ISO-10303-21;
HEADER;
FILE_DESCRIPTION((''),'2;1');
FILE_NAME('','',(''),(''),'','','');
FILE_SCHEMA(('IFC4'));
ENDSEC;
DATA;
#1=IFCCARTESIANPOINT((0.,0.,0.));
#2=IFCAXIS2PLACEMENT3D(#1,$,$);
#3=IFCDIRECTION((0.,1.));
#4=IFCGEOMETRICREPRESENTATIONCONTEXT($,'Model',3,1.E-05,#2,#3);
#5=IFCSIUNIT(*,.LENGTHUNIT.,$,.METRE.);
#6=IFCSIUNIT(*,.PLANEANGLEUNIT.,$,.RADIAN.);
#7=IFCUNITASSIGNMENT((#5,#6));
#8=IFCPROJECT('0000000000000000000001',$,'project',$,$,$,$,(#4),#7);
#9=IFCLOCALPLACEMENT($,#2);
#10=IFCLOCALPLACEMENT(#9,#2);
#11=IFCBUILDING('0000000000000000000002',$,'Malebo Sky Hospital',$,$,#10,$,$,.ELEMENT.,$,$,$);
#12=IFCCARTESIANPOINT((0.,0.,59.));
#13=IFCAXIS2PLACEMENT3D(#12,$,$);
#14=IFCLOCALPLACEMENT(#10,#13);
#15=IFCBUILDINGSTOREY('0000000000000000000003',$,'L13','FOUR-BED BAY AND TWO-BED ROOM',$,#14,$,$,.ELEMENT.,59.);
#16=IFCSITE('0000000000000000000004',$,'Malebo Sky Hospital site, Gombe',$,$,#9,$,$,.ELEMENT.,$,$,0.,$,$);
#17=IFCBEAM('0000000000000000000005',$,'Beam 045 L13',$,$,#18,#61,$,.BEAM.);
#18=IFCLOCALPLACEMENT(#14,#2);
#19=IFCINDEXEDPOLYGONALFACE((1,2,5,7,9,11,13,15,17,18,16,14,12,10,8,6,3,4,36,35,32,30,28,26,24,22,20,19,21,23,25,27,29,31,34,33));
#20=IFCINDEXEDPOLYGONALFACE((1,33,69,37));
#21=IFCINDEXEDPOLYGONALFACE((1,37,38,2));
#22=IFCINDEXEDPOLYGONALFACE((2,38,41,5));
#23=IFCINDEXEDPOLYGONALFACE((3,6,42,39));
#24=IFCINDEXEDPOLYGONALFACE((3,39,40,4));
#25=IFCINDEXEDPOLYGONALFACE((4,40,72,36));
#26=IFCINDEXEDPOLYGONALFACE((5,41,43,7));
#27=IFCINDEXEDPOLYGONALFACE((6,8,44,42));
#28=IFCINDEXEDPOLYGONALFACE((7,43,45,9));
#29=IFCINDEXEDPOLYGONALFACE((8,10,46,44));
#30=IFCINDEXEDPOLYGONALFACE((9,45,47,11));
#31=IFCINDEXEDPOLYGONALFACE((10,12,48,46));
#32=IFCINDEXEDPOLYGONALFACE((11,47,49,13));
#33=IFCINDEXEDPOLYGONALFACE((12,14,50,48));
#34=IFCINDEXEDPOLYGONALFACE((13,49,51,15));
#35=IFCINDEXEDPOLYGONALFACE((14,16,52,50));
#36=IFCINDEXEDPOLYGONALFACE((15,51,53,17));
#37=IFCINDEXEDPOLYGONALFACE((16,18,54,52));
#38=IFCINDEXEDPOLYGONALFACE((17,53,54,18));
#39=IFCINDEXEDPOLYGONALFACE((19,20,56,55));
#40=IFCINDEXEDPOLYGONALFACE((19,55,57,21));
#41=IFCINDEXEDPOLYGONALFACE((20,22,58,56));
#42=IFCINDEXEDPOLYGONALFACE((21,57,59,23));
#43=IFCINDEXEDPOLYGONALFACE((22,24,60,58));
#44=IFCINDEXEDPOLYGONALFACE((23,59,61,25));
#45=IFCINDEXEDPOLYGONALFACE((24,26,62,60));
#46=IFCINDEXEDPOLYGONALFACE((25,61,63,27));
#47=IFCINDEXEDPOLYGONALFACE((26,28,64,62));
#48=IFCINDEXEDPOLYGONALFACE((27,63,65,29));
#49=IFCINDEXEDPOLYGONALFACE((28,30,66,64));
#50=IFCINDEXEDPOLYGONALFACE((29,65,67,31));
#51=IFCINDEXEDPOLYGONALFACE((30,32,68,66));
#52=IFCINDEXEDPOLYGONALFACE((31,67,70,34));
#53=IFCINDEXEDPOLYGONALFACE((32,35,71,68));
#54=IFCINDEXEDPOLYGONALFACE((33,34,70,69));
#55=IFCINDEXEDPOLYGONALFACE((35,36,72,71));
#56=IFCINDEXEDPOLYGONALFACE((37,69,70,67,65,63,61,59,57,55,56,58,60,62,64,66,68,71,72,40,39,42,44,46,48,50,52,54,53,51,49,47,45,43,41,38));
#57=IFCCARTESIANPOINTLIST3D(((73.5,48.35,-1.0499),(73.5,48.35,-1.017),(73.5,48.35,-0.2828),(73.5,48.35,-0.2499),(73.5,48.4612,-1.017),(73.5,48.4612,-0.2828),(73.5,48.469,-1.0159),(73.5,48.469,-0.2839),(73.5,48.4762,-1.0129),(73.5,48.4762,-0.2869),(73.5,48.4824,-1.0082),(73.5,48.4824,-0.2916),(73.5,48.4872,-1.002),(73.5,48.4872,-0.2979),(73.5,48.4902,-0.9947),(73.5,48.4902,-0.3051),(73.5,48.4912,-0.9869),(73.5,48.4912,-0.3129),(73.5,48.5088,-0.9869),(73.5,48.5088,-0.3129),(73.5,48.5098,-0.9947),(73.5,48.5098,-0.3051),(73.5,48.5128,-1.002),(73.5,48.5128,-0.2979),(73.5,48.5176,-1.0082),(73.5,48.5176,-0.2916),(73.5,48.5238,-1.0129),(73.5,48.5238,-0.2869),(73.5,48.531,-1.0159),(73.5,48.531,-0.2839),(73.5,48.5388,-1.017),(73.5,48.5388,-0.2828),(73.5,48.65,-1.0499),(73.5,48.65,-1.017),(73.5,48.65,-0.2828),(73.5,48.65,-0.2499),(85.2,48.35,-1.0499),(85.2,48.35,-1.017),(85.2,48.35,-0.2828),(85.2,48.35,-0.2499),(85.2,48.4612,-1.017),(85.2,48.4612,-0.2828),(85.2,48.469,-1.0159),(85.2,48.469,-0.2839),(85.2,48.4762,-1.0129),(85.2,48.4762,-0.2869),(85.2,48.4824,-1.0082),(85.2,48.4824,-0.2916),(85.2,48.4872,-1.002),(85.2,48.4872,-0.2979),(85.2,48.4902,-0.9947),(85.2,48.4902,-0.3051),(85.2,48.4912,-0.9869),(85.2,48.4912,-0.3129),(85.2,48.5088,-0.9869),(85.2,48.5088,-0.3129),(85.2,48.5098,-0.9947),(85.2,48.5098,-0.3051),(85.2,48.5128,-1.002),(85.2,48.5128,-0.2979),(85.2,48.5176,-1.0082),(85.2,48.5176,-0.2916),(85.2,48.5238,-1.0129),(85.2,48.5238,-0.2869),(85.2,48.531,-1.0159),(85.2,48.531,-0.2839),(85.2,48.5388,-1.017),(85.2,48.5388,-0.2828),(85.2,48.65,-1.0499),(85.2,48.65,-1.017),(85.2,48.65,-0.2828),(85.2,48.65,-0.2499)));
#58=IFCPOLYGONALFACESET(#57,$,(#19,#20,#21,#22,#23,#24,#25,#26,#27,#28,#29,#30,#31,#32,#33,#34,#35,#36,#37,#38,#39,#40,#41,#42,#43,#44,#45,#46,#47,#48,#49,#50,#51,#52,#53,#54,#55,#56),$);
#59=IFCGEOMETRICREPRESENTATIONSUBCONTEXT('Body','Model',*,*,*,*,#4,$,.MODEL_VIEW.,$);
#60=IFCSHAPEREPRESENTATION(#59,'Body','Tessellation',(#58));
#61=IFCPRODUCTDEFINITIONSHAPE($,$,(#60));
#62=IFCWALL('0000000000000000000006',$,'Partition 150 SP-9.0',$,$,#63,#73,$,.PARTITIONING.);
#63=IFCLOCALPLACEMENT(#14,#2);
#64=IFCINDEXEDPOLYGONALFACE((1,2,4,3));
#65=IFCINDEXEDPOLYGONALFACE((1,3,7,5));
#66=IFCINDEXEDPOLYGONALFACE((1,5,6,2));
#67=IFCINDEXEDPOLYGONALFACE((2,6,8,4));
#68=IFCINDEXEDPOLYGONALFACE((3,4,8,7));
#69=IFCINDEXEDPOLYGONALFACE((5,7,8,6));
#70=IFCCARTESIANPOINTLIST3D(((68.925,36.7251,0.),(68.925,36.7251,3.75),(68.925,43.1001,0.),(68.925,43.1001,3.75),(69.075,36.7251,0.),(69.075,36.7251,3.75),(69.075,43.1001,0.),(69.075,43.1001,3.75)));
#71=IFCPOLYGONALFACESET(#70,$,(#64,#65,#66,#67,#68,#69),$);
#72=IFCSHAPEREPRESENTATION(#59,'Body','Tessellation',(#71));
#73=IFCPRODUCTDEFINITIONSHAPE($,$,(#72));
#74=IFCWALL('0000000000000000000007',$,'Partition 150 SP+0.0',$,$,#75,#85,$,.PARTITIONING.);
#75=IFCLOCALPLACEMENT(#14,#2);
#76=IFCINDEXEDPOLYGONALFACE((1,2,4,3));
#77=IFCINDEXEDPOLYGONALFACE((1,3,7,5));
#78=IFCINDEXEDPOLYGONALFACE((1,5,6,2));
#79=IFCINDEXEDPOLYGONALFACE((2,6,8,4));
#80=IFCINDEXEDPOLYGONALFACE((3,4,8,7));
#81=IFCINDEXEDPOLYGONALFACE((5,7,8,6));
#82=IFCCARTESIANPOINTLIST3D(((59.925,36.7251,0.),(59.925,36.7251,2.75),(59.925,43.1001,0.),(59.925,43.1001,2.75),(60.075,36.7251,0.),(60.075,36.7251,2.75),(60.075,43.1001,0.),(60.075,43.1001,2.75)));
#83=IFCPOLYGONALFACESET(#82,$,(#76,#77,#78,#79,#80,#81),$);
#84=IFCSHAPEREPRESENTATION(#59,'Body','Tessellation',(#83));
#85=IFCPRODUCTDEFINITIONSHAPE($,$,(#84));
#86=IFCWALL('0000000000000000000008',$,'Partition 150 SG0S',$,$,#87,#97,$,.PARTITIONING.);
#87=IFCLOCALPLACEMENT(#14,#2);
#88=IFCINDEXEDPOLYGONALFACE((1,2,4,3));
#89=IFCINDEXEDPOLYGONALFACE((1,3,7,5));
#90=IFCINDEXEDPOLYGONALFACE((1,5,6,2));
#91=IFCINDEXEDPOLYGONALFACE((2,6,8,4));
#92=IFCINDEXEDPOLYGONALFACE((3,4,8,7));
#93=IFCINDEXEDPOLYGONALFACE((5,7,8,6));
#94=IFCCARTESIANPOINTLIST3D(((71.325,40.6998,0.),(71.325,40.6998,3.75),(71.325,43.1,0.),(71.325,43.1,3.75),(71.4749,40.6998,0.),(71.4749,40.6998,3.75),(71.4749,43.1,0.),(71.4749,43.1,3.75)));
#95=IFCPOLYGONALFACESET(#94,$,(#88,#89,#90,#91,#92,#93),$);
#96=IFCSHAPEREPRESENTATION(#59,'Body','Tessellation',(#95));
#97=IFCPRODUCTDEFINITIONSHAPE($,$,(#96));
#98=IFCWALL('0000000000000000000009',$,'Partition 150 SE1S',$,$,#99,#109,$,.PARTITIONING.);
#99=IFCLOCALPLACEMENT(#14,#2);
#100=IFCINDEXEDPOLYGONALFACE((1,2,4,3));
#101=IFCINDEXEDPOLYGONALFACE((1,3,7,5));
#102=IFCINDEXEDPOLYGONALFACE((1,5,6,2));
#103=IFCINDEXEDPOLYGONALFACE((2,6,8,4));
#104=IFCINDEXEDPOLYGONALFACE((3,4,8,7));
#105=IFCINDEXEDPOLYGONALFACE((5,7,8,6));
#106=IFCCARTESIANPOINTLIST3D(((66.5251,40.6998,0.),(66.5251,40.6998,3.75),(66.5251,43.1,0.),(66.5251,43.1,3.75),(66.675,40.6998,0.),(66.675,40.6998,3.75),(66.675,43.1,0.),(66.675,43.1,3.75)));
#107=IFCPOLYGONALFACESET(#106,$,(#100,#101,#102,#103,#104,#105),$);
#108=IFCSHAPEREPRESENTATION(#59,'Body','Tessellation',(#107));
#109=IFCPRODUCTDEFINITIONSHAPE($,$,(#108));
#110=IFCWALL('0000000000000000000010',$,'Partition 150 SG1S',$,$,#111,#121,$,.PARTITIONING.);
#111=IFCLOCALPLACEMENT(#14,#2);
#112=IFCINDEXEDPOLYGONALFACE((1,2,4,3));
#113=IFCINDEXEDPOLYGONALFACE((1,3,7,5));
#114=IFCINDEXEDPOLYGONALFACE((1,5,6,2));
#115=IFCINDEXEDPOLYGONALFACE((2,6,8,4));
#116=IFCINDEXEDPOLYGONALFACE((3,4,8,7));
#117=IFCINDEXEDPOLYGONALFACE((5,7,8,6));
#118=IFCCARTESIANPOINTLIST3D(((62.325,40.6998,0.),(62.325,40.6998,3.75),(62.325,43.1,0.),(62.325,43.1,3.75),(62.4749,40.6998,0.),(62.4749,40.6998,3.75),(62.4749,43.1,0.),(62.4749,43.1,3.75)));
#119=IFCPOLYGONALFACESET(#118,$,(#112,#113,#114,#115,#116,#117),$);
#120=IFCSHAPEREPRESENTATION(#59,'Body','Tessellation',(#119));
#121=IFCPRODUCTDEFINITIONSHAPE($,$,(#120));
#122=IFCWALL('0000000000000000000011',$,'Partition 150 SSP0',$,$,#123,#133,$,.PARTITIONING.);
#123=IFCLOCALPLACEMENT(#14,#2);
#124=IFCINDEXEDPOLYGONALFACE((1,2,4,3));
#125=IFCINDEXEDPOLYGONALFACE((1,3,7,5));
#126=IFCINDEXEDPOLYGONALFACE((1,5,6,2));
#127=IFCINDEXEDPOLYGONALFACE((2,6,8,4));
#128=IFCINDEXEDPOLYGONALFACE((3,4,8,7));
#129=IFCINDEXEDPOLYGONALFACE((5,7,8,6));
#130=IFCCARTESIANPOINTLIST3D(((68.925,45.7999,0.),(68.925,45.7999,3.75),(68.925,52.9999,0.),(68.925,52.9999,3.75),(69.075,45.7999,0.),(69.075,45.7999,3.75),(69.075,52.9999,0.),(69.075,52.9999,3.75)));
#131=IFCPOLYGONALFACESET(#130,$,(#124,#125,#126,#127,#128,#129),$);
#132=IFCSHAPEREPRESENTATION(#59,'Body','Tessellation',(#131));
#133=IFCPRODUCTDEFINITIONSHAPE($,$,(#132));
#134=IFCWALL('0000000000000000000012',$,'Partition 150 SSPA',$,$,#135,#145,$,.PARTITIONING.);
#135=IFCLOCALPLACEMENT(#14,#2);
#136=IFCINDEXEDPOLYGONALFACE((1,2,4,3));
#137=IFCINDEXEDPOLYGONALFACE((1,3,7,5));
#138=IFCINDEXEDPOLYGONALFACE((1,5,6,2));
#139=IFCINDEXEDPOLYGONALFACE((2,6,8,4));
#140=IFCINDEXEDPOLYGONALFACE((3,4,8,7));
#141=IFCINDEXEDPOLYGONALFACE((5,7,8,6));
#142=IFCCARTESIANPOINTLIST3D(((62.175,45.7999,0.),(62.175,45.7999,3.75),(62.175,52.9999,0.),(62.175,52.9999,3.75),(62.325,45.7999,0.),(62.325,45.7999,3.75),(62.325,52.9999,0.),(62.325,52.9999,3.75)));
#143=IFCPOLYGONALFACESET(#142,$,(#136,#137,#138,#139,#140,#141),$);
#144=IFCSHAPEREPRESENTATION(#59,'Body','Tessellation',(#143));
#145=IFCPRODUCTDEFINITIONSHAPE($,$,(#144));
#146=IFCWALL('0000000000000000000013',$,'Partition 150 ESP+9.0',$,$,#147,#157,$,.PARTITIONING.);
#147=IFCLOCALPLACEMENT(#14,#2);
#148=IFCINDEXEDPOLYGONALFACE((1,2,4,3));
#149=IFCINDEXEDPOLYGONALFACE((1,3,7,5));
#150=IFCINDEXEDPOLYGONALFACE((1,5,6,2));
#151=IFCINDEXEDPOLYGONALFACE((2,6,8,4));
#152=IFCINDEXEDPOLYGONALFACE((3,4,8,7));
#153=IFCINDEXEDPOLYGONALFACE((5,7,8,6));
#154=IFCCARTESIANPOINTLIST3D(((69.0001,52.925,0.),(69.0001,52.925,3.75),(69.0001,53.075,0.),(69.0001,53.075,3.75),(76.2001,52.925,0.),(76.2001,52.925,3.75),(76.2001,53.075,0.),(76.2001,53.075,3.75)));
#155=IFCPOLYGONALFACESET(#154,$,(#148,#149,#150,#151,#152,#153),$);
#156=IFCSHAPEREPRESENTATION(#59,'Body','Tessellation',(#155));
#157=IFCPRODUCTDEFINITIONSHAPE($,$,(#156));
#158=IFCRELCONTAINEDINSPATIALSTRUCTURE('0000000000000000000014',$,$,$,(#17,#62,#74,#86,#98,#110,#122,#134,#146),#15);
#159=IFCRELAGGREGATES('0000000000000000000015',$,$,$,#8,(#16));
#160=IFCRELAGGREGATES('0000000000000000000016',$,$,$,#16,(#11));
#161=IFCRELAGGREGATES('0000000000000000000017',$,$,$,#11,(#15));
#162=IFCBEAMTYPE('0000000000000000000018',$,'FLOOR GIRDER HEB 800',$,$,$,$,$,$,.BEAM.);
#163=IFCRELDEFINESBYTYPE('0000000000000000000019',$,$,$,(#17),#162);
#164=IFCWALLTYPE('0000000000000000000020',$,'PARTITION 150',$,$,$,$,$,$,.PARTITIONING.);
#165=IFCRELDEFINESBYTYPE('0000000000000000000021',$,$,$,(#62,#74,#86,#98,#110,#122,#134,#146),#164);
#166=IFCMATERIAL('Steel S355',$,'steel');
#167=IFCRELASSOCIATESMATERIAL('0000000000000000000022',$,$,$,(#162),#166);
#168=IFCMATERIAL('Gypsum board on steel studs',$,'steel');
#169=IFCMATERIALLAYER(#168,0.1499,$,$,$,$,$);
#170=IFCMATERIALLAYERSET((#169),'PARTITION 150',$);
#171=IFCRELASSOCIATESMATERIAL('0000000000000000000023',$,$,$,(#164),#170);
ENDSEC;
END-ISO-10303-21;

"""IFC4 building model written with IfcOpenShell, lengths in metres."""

from ifc_helpers import new_model, si_unit, direction, frame, frame_2d, origin, origin_2d, place, context, subcontext, project, spatial, rectangle, i_section, extrude, material, layer, layer_set, material_profile, profile_set, type_object, element, save


model = new_model("IFC4")

# Units and contexts
model_context = context("Model", 3, precision=1e-05, world=origin(), true_north=direction((0.0, 1.0)))
body_context = subcontext(model_context, "Body", "Model", "MODEL_VIEW")
ifc_project = project(units=[si_unit("LENGTHUNIT", "METRE"), si_unit("PLANEANGLEUNIT", "RADIAN")], contexts=[model_context])

# Site, building, storey
site_placement = place(None, origin())
site = spatial("IfcSite", under=ifc_project, at=site_placement, Name="Malebo Sky Hospital site, Gombe", CompositionType="ELEMENT", RefElevation=0.0)
building_placement = place(site_placement, origin())
building = spatial("IfcBuilding", under=site, at=building_placement, Name="Malebo Sky Hospital", CompositionType="ELEMENT")
storey_placement = place(building_placement, frame((0.0, 0.0, 59.0)))
storey = spatial("IfcBuildingStorey", under=building, at=storey_placement, Name="L13", Description="FOUR-BED BAY AND TWO-BED ROOM", CompositionType="ELEMENT", Elevation=59.0)

# Beam
ifc_material_1 = material(Name="Steel S355", Category="steel")
ifc_material_profile_1 = material_profile(ifc_material_1, i_section(OverallWidth=0.3, OverallDepth=0.8, WebThickness=0.0176, FlangeThickness=0.033, FilletRadius=0.03, at=origin_2d()), Name="HEB 800")
ifc_profile_set_1 = profile_set([ifc_material_profile_1], Name="Steel S355")
beam_type_1 = type_object("IfcBeamType", Name="FLOOR GIRDER HEB 800", PredefinedType="BEAM", material=ifc_profile_set_1)
beam_1_placement = place(storey_placement, frame((73.5, 48.5, -0.6499), z_axis=(1.0, 0.0, 0.0), x_axis=(0.0, 1.0, 0.0)))
element("IfcBeam", 1, at=beam_1_placement, inside=storey, type_object=beam_type_1, Name="Beam 045 L13", PredefinedType="BEAM", context=body_context, shape_type="SweptSolid", body=[
    extrude(i_section(OverallWidth=0.3, OverallDepth=0.8, WebThickness=0.0176, FlangeThickness=0.033, FilletRadius=0.03, at=origin_2d()), origin(), (0.0, 0.0, 1.0), 11.7),
])

# Walls
ifc_material_2 = material(Name="Gypsum board on steel studs", Category="steel")
ifc_layer = layer(ifc_material_2, 0.1499)
ifc_layer_set = layer_set([ifc_layer], Name="PARTITION 150")
wall_type = type_object("IfcWallType", Name="PARTITION 150", PredefinedType="PARTITIONING", material=ifc_layer_set)
wall_1_placement = place(storey_placement, frame((69.0, 43.1001, 0.0), z_axis=(0.0, 0.0, 1.0), x_axis=(0.0, -1.0, 0.0)))
element("IfcWall", 2, at=wall_1_placement, inside=storey, type_object=wall_type, Name="Partition 150 SP-9.0", PredefinedType="PARTITIONING", context=body_context, shape_type="SweptSolid", body=[
    extrude(rectangle(XDim=6.375, YDim=0.1499, at=frame_2d((3.1875, 0.0))), origin(), (0.0, 0.0, 1.0), 3.75),
])
wall_2_placement = place(storey_placement, frame((60.0, 43.1001, 0.0), z_axis=(0.0, 0.0, 1.0), x_axis=(0.0, -1.0, 0.0)))
element("IfcWall", 3, at=wall_2_placement, inside=storey, type_object=wall_type, Name="Partition 150 SP+0.0", PredefinedType="PARTITIONING", context=body_context, shape_type="SweptSolid", body=[
    extrude(rectangle(XDim=6.375, YDim=0.1499, at=frame_2d((3.1875, 0.0))), origin(), (0.0, 0.0, 1.0), 2.75),
])
for number, where, z_axis, x_axis, name in (
    (4, (71.3999, 43.1001, 0.0), (0.0, 0.0, 1.0), (0.0, -1.0, 0.0), "Partition 150 SG0S"),
    (5, (66.6001, 43.1001, 0.0), (0.0, 0.0, 1.0), (0.0, -1.0, 0.0), "Partition 150 SE1S"),
    (6, (62.3999, 43.1001, 0.0), (0.0, 0.0, 1.0), (0.0, -1.0, 0.0), "Partition 150 SG1S"),
):
    element("IfcWall", number, at=place(storey_placement, frame(where, z_axis=z_axis, x_axis=x_axis)), inside=storey, type_object=wall_type, Name=name, PredefinedType="PARTITIONING", context=body_context, shape_type="SweptSolid", body=[
        extrude(rectangle(XDim=2.4001, YDim=0.1499, at=frame_2d((1.2002, 0.0))), origin(), (0.0, 0.0, 1.0), 3.75),
    ])
for number, where, z_axis, x_axis, name in (
    (7, (69.0, 53.0, 0.0), (0.0, 0.0, 1.0), (0.0, -1.0, 0.0), "Partition 150 SSP0"),
    (8, (62.25, 53.0, 0.0), (0.0, 0.0, 1.0), (0.0, -1.0, 0.0), "Partition 150 SSPA"),
    (9, (69.0, 53.0, 0.0), (0.0, 0.0, 1.0), (1.0, 0.0, 0.0), "Partition 150 ESP+9.0"),
):
    element("IfcWall", number, at=place(storey_placement, frame(where, z_axis=z_axis, x_axis=x_axis)), inside=storey, type_object=wall_type, Name=name, PredefinedType="PARTITIONING", context=body_context, shape_type="SweptSolid", body=[
        extrude(rectangle(XDim=7.2, YDim=0.1499, at=frame_2d((3.6001, 0.0))), origin(), (0.0, 0.0, 1.0), 3.75),
    ])

save(model, "model.ifc")
